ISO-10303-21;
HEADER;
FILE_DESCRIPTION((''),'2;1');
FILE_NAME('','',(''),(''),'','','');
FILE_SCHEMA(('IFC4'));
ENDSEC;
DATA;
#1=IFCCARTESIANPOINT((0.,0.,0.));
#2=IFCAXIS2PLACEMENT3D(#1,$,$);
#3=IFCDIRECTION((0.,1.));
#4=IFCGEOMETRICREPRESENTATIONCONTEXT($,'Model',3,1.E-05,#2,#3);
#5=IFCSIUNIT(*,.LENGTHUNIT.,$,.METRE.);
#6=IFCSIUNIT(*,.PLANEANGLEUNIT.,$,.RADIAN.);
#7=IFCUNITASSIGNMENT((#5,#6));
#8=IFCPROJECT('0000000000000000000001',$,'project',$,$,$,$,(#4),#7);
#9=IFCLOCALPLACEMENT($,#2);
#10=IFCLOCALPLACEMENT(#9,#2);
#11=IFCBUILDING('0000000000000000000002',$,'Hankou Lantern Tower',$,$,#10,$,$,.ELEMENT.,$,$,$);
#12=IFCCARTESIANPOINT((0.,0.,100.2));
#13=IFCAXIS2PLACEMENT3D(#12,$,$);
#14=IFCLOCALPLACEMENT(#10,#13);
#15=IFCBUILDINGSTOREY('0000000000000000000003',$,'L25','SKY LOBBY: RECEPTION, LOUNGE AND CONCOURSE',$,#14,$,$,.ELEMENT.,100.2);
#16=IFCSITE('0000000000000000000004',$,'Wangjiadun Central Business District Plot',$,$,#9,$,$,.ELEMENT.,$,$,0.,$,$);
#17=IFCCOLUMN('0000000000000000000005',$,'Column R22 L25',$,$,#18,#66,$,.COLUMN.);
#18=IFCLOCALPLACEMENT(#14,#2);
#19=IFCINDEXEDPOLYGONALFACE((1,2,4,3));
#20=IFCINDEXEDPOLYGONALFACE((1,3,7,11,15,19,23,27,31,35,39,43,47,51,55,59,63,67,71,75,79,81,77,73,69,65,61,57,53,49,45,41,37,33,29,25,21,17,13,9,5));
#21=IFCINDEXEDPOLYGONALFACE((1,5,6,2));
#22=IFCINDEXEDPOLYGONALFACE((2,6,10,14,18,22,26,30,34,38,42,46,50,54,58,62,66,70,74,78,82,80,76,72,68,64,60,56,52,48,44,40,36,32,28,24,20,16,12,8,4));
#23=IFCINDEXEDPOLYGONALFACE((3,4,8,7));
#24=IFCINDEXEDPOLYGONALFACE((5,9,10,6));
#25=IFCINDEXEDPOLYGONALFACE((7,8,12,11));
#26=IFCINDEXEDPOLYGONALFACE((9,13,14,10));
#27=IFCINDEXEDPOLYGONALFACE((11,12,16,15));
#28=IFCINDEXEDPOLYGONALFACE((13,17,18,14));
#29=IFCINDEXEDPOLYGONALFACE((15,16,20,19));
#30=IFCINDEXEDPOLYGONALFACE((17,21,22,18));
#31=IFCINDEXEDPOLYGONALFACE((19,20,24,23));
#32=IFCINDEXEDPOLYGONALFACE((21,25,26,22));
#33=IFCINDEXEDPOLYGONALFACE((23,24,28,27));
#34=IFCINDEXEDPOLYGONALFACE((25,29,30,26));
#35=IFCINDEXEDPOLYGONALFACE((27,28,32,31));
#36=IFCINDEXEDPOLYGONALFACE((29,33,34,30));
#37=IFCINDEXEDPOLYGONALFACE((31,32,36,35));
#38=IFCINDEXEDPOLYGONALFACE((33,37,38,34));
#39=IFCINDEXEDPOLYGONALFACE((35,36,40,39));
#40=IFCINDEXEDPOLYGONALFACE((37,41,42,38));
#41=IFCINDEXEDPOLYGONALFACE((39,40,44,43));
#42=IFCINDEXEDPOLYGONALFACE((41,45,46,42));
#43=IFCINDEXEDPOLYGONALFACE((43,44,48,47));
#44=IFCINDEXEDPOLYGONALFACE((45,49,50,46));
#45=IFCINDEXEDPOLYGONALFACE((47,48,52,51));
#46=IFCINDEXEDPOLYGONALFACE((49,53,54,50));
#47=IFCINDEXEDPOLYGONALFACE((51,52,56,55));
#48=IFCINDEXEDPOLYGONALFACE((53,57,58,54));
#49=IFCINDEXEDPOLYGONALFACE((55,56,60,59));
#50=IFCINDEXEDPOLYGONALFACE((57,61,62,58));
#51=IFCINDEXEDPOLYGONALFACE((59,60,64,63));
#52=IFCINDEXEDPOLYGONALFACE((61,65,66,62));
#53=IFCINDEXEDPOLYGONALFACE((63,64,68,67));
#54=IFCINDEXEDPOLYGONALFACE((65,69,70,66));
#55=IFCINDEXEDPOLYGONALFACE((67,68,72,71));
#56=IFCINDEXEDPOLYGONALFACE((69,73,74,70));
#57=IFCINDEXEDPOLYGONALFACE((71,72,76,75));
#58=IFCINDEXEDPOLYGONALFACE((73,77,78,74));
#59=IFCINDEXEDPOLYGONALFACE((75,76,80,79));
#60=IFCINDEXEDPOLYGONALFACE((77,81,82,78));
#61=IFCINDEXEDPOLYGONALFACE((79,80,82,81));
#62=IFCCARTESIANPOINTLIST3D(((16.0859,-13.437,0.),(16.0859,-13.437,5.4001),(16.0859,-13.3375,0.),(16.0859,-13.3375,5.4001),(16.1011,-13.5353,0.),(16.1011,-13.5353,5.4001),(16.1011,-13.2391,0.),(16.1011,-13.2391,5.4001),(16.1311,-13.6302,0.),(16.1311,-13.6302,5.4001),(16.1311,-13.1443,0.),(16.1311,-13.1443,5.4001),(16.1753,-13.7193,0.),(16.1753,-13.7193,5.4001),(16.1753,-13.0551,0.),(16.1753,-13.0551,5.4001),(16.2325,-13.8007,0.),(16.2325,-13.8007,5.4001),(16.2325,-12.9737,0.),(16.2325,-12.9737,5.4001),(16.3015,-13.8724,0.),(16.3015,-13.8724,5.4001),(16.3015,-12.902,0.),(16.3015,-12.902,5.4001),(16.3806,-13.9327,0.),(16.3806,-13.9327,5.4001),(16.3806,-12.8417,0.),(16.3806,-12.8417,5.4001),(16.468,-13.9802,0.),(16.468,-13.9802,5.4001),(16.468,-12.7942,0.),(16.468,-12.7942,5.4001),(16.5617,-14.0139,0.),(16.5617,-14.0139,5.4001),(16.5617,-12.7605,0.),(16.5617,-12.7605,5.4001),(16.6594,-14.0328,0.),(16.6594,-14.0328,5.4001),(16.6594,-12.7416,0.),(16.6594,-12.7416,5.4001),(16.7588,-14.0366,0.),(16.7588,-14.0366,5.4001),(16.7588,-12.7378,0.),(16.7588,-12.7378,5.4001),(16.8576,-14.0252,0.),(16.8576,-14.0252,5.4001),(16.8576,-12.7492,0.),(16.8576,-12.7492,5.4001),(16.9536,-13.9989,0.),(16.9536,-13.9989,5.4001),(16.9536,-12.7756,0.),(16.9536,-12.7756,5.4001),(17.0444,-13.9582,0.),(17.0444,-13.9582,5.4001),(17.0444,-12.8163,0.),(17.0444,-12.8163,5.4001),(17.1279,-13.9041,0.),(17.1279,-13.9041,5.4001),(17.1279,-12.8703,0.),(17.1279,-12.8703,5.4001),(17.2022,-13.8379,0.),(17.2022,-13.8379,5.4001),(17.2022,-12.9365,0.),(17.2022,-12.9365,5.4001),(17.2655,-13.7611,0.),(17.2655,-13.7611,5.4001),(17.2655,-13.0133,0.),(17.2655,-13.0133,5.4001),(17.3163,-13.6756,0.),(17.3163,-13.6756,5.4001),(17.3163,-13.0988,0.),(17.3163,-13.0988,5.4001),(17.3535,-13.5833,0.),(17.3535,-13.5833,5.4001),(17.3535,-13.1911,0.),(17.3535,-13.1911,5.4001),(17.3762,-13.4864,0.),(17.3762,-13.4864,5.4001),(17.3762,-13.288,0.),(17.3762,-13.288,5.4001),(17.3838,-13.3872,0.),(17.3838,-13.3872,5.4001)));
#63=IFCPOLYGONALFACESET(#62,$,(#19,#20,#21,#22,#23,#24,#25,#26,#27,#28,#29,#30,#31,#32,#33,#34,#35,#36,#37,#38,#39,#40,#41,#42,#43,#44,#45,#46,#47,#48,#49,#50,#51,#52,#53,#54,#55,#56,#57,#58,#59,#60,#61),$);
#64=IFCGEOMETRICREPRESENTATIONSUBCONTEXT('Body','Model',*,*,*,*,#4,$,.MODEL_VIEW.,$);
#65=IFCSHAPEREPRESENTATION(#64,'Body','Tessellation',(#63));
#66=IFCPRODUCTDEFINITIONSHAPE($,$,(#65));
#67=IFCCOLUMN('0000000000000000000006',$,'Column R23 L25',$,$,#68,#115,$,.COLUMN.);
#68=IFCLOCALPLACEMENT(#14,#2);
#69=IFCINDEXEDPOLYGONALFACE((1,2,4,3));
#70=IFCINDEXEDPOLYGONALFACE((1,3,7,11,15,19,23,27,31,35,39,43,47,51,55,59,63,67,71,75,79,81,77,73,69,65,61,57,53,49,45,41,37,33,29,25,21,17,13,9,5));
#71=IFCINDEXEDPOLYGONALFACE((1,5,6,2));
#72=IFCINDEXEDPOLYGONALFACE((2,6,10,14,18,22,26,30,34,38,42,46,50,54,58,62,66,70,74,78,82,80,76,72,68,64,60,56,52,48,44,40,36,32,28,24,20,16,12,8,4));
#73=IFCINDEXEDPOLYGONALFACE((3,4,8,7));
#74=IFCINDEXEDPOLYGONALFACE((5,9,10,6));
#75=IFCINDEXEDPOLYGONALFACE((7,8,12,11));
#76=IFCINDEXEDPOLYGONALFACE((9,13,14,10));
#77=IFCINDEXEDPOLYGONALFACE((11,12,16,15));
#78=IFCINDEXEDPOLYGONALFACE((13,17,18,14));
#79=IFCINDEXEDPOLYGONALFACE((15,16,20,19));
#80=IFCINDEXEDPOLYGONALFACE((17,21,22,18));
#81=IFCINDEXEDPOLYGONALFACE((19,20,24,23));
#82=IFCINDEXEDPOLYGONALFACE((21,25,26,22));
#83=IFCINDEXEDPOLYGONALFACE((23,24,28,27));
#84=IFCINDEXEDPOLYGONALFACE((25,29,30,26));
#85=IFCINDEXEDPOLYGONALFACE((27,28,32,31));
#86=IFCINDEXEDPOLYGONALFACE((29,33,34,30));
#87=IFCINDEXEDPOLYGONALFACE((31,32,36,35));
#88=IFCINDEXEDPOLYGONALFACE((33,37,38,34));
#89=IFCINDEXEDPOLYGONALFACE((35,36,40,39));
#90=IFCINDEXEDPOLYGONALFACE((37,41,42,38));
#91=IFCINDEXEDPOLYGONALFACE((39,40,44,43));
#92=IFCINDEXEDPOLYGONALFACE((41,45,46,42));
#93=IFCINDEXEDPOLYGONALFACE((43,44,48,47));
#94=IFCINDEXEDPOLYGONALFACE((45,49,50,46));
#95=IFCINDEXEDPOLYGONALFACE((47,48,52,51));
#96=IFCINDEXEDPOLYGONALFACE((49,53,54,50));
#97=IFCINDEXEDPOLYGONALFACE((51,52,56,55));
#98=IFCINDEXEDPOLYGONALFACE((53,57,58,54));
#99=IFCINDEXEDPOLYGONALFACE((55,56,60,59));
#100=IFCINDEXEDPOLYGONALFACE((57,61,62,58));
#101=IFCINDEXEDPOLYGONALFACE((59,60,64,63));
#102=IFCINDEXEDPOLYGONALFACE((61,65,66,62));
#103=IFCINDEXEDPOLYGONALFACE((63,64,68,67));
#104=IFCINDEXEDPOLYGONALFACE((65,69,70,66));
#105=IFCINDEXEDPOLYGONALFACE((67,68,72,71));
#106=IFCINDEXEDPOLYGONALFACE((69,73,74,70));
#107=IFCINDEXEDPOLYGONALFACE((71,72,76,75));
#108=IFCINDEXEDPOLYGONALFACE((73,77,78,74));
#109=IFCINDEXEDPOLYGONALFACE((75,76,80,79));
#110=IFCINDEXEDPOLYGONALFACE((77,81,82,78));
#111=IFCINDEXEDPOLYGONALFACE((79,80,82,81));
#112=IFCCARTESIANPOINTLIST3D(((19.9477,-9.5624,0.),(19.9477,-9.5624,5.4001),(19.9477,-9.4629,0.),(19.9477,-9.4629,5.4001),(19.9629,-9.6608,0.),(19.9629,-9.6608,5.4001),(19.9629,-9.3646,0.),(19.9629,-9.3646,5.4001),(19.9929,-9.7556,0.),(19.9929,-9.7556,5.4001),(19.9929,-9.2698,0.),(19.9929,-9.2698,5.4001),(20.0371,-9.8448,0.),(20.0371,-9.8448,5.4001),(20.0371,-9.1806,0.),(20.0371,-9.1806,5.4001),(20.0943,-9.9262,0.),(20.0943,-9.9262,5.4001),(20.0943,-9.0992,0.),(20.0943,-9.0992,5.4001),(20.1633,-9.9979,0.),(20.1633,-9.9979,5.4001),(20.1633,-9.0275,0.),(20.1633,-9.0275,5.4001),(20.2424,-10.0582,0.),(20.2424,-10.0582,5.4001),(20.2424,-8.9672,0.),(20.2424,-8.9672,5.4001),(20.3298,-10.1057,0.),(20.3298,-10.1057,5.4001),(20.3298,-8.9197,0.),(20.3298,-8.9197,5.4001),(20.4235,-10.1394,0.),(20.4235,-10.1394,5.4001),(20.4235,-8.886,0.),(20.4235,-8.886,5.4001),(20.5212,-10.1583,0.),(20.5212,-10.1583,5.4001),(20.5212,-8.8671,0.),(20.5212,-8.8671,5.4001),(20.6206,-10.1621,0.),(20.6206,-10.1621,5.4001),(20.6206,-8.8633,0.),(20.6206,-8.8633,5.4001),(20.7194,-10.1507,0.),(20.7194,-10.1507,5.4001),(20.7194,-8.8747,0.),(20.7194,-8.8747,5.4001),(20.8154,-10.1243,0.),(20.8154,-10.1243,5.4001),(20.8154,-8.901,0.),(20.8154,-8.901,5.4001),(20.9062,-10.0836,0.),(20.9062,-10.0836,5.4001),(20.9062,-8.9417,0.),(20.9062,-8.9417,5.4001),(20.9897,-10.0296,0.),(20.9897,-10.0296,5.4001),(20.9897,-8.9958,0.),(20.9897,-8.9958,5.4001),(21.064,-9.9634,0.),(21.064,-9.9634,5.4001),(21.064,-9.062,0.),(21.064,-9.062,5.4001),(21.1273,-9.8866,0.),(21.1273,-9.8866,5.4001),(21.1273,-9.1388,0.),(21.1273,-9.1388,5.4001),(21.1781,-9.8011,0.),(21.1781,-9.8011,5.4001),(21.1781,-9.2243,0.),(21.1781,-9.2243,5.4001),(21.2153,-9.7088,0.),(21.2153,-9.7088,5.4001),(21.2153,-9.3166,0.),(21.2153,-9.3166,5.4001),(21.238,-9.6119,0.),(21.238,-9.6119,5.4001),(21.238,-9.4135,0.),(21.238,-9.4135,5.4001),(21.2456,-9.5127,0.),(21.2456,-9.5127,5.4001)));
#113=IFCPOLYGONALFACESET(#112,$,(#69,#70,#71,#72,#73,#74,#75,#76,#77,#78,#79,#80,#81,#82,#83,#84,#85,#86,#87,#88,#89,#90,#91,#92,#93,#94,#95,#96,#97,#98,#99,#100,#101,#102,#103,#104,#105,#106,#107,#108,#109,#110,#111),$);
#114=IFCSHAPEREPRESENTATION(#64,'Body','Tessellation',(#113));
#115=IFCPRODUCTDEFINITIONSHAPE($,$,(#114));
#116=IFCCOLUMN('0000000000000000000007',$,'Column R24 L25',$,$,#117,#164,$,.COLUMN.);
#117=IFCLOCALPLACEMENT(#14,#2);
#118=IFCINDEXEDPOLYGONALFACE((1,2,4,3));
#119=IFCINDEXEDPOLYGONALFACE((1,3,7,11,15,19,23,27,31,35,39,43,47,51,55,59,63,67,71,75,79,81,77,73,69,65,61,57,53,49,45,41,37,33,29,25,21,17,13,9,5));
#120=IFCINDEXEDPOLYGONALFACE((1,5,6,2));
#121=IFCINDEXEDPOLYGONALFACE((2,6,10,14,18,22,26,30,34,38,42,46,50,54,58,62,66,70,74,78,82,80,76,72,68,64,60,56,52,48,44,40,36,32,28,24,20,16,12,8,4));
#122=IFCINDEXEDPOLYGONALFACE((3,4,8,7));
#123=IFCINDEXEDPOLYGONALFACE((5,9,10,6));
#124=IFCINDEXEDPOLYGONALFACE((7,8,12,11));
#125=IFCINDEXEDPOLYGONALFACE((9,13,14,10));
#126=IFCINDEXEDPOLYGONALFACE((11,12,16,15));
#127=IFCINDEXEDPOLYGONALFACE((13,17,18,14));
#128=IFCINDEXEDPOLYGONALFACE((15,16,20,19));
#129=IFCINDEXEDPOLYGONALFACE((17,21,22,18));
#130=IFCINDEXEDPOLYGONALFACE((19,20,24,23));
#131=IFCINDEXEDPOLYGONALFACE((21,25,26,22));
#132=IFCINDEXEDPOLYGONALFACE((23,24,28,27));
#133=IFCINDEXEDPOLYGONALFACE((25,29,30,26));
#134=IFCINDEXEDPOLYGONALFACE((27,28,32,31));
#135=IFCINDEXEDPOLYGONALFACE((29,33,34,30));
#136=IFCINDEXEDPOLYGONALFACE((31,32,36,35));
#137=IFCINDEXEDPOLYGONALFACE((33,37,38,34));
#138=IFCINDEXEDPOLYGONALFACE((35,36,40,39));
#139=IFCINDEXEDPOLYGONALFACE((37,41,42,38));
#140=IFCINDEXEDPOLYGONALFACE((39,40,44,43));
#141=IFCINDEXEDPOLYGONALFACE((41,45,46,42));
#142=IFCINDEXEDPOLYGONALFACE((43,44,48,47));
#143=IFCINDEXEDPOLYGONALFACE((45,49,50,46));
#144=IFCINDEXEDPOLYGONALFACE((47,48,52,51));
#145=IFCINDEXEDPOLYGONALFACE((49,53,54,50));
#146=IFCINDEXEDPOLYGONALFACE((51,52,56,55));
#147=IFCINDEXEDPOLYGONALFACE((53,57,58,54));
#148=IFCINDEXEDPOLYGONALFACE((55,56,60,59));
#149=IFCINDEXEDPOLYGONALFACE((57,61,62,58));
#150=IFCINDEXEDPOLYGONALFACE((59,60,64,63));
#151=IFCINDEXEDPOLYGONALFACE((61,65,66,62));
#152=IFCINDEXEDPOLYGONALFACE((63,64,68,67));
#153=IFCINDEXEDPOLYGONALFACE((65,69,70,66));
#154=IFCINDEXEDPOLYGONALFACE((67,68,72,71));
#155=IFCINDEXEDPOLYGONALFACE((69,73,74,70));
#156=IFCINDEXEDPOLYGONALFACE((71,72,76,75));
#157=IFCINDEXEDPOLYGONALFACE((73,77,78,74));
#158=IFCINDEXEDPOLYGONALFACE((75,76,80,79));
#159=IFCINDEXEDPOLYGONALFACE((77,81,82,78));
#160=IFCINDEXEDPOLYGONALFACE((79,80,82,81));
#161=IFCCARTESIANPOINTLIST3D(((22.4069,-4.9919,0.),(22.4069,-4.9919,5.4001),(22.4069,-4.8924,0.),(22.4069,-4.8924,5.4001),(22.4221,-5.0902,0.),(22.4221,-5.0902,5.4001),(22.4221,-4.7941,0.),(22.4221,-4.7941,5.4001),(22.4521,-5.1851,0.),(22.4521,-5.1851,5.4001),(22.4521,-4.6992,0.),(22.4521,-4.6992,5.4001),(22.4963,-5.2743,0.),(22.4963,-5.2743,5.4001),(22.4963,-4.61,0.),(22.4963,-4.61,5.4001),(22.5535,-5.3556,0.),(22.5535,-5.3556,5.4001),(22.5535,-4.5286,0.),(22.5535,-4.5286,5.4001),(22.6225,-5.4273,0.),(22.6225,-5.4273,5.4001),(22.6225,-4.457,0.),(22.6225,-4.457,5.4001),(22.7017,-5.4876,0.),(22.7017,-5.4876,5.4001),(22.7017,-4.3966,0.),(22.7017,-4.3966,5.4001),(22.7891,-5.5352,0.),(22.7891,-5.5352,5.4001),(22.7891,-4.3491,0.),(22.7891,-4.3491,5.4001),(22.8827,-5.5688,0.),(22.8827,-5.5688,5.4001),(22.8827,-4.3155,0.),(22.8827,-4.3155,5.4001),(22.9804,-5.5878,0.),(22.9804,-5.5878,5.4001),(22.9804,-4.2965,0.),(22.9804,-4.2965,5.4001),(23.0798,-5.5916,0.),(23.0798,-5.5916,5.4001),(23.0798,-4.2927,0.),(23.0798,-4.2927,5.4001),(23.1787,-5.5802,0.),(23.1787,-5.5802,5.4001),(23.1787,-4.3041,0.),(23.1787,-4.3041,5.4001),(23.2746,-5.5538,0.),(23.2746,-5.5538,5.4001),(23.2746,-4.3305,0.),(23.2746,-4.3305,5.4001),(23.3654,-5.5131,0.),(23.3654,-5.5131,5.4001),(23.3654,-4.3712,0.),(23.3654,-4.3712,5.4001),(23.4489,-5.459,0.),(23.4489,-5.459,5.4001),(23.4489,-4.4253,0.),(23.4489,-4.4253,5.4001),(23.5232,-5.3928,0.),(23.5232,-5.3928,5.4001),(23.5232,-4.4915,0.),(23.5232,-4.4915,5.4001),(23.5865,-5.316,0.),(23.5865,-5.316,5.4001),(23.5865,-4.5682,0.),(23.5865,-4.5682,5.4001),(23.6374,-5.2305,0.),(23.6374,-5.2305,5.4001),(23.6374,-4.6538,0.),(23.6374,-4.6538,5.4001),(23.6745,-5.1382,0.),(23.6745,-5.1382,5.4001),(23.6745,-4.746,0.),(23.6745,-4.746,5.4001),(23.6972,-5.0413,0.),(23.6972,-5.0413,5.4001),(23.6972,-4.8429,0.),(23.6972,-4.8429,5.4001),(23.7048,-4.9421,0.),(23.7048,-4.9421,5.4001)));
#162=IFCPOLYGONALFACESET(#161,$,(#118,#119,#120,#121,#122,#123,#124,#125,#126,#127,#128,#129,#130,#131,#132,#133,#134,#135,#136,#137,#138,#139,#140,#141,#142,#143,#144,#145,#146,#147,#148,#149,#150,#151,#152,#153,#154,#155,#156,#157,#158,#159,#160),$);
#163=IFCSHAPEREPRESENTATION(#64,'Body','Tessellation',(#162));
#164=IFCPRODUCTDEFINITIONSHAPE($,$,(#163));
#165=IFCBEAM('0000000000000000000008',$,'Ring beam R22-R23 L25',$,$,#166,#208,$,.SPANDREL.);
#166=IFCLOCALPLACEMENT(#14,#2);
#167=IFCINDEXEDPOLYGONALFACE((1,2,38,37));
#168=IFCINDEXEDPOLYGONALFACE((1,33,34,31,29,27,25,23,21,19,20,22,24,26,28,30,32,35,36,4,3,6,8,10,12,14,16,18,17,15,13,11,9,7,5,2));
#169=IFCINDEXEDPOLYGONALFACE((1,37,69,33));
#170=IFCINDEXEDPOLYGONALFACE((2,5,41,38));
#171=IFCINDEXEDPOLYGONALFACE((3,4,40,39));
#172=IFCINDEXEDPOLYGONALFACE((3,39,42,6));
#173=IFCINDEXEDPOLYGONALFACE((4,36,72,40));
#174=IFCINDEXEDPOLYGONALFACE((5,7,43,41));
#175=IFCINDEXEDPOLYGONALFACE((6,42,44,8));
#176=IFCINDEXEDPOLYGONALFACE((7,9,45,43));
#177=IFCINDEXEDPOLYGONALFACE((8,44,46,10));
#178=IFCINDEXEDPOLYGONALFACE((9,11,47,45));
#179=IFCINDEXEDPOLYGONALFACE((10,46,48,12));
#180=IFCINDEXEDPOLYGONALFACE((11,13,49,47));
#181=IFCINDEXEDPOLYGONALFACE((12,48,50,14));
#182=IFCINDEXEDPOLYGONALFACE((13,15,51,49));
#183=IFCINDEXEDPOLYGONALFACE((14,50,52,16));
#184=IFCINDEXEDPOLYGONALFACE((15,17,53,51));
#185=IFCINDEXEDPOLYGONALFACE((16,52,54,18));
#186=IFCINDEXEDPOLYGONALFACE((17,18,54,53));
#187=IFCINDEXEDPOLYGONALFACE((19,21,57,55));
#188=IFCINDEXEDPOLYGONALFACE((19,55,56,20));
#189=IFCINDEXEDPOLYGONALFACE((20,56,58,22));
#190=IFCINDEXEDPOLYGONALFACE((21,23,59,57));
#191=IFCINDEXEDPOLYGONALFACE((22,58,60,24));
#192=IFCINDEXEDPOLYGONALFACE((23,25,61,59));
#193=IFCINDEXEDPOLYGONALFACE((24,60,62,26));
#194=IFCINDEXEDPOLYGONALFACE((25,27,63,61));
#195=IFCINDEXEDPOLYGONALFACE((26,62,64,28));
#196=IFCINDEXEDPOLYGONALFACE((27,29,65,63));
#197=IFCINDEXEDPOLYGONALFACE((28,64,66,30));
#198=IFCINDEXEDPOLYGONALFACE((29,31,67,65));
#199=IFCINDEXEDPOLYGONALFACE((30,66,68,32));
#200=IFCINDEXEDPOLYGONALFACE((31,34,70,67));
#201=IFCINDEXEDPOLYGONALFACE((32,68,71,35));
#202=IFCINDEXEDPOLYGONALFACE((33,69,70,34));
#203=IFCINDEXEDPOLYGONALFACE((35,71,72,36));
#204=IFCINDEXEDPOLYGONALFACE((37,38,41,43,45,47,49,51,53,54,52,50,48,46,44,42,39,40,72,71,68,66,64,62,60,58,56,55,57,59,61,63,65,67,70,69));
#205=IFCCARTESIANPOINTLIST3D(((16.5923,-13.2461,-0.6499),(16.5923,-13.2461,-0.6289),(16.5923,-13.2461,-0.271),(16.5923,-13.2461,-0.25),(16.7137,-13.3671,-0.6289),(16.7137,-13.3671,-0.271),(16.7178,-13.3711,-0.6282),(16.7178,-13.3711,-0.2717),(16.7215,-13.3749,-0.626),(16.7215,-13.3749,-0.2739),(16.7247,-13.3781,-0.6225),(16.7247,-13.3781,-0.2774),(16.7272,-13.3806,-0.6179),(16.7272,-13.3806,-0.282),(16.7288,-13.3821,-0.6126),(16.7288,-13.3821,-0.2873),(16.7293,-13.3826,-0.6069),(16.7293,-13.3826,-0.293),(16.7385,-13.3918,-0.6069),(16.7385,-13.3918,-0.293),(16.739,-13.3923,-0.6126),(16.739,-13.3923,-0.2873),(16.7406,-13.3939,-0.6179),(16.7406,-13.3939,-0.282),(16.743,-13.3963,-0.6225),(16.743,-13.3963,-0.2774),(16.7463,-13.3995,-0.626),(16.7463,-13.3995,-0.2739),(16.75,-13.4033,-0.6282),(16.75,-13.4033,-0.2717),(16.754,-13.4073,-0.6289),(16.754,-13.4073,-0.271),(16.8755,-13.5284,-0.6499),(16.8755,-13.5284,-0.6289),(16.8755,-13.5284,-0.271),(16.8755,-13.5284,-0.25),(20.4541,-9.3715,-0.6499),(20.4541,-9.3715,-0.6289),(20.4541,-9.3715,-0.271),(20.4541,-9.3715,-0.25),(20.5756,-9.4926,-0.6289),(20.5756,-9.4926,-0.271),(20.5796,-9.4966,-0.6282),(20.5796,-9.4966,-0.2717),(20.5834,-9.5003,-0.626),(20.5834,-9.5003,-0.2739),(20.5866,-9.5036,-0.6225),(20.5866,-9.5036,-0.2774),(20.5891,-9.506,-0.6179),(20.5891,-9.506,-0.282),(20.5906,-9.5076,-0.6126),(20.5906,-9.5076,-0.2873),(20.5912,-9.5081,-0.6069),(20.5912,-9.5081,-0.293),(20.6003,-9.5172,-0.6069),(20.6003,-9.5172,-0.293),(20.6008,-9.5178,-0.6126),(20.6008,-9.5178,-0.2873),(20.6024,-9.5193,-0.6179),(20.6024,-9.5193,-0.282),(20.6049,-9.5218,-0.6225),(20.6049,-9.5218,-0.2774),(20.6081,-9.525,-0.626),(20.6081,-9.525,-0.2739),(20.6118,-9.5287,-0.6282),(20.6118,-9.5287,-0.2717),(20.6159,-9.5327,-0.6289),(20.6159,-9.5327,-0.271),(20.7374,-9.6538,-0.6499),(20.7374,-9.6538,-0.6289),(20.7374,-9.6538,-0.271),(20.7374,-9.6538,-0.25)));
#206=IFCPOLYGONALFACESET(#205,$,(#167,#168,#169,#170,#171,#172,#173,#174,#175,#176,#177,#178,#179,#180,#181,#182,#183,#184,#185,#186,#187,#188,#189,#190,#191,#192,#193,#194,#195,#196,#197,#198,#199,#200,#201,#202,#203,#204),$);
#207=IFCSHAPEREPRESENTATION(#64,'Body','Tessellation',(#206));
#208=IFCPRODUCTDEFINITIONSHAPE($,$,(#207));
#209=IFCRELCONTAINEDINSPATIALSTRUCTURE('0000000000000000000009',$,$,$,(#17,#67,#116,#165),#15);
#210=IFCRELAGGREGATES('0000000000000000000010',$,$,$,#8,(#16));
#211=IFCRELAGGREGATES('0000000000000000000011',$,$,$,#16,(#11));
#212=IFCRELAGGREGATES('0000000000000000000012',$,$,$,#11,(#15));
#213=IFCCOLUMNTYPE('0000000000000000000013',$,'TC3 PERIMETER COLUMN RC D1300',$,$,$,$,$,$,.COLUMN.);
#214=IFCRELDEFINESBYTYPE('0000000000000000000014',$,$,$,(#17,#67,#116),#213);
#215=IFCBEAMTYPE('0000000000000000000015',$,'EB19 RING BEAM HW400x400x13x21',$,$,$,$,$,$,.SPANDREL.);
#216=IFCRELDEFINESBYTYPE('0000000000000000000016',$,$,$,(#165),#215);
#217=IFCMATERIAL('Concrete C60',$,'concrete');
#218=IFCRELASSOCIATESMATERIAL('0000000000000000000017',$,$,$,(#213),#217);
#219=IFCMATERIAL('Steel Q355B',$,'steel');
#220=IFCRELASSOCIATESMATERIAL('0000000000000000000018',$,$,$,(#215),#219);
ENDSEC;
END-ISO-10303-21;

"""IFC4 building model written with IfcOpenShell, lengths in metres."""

from ifc_helpers import new_model, si_unit, direction, frame, origin, origin_2d, place, context, subcontext, project, spatial, circle, i_section, extrude, material, material_profile, profile_set, type_object, element, save


model = new_model("IFC4")

# Units and contexts
model_context = context("Model", 3, precision=1e-05, world=origin(), true_north=direction((0.0, 1.0)))
body_context = subcontext(model_context, "Body", "Model", "MODEL_VIEW")
ifc_project = project(units=[si_unit("LENGTHUNIT", "METRE"), si_unit("PLANEANGLEUNIT", "RADIAN")], contexts=[model_context])

# Site, building, storey
site_placement = place(None, origin())
site = spatial("IfcSite", under=ifc_project, at=site_placement, Name="Wangjiadun Central Business District Plot", CompositionType="ELEMENT", RefElevation=0.0)
building_placement = place(site_placement, origin())
building = spatial("IfcBuilding", under=site, at=building_placement, Name="Hankou Lantern Tower", CompositionType="ELEMENT")
storey_placement = place(building_placement, frame((0.0, 0.0, 100.2)))
storey = spatial("IfcBuildingStorey", under=building, at=storey_placement, Name="L25", Description="SKY LOBBY: RECEPTION, LOUNGE AND CONCOURSE", CompositionType="ELEMENT", Elevation=100.2)

# Columns
ifc_material_1 = material(Name="Concrete C60", Category="concrete")
ifc_material_profile_1 = material_profile(ifc_material_1, circle(Radius=0.6499, at=origin_2d()), Name="RC D1300")
ifc_profile_set_1 = profile_set([ifc_material_profile_1], Name="Concrete C60")
column_type = type_object("IfcColumnType", Name="TC3 PERIMETER COLUMN RC D1300", PredefinedType="COLUMN", material=ifc_profile_set_1)
for number, where, z_axis, x_axis, name in (
    (1, (16.7339, -13.3872, 0.0), (0.0, 0.0, 1.0), (1.0, 0.0, 0.0), "Column R22 L25"),
    (2, (20.5957, -9.5127, 0.0), (0.0, 0.0, 1.0), (1.0, 0.0, 0.0), "Column R23 L25"),
    (3, (23.0549, -4.9421, 0.0), (0.0, 0.0, 1.0), (1.0, 0.0, 0.0), "Column R24 L25"),
):
    element("IfcColumn", number, at=place(storey_placement, frame(where, z_axis=z_axis, x_axis=x_axis)), inside=storey, type_object=column_type, Name=name, PredefinedType="COLUMN", context=body_context, shape_type="SweptSolid", body=[
        extrude(circle(Radius=0.6499, at=origin_2d()), origin(), (0.0, 0.0, 1.0), 5.4001),
    ])

# Beam
ifc_material_2 = material(Name="Steel Q355B", Category="steel")
ifc_material_profile_2 = material_profile(ifc_material_2, i_section(OverallWidth=0.3999, OverallDepth=0.3999, WebThickness=0.0129, FlangeThickness=0.021, FilletRadius=0.022, at=origin_2d()), Name="HW400x400x13x21")
ifc_profile_set_2 = profile_set([ifc_material_profile_2], Name="Steel Q355B")
beam_type_1 = type_object("IfcBeamType", Name="EB19 RING BEAM HW400x400x13x21", PredefinedType="SPANDREL", material=ifc_profile_set_2)
beam_1_placement = place(storey_placement, frame((16.7339, -13.3872, -0.45), z_axis=(0.705945, 0.708266, 0.0), x_axis=(-0.708266, 0.705945, 0.0)))
element("IfcBeam", 4, at=beam_1_placement, inside=storey, type_object=beam_type_1, Name="Ring beam R22-R23 L25", PredefinedType="SPANDREL", context=body_context, shape_type="SweptSolid", body=[
    extrude(i_section(OverallWidth=0.3999, OverallDepth=0.3999, WebThickness=0.0129, FlangeThickness=0.021, FilletRadius=0.022, at=origin_2d()), origin(), (0.0, 0.0, 1.0), 5.4705),
])

save(model, "model.ifc")
